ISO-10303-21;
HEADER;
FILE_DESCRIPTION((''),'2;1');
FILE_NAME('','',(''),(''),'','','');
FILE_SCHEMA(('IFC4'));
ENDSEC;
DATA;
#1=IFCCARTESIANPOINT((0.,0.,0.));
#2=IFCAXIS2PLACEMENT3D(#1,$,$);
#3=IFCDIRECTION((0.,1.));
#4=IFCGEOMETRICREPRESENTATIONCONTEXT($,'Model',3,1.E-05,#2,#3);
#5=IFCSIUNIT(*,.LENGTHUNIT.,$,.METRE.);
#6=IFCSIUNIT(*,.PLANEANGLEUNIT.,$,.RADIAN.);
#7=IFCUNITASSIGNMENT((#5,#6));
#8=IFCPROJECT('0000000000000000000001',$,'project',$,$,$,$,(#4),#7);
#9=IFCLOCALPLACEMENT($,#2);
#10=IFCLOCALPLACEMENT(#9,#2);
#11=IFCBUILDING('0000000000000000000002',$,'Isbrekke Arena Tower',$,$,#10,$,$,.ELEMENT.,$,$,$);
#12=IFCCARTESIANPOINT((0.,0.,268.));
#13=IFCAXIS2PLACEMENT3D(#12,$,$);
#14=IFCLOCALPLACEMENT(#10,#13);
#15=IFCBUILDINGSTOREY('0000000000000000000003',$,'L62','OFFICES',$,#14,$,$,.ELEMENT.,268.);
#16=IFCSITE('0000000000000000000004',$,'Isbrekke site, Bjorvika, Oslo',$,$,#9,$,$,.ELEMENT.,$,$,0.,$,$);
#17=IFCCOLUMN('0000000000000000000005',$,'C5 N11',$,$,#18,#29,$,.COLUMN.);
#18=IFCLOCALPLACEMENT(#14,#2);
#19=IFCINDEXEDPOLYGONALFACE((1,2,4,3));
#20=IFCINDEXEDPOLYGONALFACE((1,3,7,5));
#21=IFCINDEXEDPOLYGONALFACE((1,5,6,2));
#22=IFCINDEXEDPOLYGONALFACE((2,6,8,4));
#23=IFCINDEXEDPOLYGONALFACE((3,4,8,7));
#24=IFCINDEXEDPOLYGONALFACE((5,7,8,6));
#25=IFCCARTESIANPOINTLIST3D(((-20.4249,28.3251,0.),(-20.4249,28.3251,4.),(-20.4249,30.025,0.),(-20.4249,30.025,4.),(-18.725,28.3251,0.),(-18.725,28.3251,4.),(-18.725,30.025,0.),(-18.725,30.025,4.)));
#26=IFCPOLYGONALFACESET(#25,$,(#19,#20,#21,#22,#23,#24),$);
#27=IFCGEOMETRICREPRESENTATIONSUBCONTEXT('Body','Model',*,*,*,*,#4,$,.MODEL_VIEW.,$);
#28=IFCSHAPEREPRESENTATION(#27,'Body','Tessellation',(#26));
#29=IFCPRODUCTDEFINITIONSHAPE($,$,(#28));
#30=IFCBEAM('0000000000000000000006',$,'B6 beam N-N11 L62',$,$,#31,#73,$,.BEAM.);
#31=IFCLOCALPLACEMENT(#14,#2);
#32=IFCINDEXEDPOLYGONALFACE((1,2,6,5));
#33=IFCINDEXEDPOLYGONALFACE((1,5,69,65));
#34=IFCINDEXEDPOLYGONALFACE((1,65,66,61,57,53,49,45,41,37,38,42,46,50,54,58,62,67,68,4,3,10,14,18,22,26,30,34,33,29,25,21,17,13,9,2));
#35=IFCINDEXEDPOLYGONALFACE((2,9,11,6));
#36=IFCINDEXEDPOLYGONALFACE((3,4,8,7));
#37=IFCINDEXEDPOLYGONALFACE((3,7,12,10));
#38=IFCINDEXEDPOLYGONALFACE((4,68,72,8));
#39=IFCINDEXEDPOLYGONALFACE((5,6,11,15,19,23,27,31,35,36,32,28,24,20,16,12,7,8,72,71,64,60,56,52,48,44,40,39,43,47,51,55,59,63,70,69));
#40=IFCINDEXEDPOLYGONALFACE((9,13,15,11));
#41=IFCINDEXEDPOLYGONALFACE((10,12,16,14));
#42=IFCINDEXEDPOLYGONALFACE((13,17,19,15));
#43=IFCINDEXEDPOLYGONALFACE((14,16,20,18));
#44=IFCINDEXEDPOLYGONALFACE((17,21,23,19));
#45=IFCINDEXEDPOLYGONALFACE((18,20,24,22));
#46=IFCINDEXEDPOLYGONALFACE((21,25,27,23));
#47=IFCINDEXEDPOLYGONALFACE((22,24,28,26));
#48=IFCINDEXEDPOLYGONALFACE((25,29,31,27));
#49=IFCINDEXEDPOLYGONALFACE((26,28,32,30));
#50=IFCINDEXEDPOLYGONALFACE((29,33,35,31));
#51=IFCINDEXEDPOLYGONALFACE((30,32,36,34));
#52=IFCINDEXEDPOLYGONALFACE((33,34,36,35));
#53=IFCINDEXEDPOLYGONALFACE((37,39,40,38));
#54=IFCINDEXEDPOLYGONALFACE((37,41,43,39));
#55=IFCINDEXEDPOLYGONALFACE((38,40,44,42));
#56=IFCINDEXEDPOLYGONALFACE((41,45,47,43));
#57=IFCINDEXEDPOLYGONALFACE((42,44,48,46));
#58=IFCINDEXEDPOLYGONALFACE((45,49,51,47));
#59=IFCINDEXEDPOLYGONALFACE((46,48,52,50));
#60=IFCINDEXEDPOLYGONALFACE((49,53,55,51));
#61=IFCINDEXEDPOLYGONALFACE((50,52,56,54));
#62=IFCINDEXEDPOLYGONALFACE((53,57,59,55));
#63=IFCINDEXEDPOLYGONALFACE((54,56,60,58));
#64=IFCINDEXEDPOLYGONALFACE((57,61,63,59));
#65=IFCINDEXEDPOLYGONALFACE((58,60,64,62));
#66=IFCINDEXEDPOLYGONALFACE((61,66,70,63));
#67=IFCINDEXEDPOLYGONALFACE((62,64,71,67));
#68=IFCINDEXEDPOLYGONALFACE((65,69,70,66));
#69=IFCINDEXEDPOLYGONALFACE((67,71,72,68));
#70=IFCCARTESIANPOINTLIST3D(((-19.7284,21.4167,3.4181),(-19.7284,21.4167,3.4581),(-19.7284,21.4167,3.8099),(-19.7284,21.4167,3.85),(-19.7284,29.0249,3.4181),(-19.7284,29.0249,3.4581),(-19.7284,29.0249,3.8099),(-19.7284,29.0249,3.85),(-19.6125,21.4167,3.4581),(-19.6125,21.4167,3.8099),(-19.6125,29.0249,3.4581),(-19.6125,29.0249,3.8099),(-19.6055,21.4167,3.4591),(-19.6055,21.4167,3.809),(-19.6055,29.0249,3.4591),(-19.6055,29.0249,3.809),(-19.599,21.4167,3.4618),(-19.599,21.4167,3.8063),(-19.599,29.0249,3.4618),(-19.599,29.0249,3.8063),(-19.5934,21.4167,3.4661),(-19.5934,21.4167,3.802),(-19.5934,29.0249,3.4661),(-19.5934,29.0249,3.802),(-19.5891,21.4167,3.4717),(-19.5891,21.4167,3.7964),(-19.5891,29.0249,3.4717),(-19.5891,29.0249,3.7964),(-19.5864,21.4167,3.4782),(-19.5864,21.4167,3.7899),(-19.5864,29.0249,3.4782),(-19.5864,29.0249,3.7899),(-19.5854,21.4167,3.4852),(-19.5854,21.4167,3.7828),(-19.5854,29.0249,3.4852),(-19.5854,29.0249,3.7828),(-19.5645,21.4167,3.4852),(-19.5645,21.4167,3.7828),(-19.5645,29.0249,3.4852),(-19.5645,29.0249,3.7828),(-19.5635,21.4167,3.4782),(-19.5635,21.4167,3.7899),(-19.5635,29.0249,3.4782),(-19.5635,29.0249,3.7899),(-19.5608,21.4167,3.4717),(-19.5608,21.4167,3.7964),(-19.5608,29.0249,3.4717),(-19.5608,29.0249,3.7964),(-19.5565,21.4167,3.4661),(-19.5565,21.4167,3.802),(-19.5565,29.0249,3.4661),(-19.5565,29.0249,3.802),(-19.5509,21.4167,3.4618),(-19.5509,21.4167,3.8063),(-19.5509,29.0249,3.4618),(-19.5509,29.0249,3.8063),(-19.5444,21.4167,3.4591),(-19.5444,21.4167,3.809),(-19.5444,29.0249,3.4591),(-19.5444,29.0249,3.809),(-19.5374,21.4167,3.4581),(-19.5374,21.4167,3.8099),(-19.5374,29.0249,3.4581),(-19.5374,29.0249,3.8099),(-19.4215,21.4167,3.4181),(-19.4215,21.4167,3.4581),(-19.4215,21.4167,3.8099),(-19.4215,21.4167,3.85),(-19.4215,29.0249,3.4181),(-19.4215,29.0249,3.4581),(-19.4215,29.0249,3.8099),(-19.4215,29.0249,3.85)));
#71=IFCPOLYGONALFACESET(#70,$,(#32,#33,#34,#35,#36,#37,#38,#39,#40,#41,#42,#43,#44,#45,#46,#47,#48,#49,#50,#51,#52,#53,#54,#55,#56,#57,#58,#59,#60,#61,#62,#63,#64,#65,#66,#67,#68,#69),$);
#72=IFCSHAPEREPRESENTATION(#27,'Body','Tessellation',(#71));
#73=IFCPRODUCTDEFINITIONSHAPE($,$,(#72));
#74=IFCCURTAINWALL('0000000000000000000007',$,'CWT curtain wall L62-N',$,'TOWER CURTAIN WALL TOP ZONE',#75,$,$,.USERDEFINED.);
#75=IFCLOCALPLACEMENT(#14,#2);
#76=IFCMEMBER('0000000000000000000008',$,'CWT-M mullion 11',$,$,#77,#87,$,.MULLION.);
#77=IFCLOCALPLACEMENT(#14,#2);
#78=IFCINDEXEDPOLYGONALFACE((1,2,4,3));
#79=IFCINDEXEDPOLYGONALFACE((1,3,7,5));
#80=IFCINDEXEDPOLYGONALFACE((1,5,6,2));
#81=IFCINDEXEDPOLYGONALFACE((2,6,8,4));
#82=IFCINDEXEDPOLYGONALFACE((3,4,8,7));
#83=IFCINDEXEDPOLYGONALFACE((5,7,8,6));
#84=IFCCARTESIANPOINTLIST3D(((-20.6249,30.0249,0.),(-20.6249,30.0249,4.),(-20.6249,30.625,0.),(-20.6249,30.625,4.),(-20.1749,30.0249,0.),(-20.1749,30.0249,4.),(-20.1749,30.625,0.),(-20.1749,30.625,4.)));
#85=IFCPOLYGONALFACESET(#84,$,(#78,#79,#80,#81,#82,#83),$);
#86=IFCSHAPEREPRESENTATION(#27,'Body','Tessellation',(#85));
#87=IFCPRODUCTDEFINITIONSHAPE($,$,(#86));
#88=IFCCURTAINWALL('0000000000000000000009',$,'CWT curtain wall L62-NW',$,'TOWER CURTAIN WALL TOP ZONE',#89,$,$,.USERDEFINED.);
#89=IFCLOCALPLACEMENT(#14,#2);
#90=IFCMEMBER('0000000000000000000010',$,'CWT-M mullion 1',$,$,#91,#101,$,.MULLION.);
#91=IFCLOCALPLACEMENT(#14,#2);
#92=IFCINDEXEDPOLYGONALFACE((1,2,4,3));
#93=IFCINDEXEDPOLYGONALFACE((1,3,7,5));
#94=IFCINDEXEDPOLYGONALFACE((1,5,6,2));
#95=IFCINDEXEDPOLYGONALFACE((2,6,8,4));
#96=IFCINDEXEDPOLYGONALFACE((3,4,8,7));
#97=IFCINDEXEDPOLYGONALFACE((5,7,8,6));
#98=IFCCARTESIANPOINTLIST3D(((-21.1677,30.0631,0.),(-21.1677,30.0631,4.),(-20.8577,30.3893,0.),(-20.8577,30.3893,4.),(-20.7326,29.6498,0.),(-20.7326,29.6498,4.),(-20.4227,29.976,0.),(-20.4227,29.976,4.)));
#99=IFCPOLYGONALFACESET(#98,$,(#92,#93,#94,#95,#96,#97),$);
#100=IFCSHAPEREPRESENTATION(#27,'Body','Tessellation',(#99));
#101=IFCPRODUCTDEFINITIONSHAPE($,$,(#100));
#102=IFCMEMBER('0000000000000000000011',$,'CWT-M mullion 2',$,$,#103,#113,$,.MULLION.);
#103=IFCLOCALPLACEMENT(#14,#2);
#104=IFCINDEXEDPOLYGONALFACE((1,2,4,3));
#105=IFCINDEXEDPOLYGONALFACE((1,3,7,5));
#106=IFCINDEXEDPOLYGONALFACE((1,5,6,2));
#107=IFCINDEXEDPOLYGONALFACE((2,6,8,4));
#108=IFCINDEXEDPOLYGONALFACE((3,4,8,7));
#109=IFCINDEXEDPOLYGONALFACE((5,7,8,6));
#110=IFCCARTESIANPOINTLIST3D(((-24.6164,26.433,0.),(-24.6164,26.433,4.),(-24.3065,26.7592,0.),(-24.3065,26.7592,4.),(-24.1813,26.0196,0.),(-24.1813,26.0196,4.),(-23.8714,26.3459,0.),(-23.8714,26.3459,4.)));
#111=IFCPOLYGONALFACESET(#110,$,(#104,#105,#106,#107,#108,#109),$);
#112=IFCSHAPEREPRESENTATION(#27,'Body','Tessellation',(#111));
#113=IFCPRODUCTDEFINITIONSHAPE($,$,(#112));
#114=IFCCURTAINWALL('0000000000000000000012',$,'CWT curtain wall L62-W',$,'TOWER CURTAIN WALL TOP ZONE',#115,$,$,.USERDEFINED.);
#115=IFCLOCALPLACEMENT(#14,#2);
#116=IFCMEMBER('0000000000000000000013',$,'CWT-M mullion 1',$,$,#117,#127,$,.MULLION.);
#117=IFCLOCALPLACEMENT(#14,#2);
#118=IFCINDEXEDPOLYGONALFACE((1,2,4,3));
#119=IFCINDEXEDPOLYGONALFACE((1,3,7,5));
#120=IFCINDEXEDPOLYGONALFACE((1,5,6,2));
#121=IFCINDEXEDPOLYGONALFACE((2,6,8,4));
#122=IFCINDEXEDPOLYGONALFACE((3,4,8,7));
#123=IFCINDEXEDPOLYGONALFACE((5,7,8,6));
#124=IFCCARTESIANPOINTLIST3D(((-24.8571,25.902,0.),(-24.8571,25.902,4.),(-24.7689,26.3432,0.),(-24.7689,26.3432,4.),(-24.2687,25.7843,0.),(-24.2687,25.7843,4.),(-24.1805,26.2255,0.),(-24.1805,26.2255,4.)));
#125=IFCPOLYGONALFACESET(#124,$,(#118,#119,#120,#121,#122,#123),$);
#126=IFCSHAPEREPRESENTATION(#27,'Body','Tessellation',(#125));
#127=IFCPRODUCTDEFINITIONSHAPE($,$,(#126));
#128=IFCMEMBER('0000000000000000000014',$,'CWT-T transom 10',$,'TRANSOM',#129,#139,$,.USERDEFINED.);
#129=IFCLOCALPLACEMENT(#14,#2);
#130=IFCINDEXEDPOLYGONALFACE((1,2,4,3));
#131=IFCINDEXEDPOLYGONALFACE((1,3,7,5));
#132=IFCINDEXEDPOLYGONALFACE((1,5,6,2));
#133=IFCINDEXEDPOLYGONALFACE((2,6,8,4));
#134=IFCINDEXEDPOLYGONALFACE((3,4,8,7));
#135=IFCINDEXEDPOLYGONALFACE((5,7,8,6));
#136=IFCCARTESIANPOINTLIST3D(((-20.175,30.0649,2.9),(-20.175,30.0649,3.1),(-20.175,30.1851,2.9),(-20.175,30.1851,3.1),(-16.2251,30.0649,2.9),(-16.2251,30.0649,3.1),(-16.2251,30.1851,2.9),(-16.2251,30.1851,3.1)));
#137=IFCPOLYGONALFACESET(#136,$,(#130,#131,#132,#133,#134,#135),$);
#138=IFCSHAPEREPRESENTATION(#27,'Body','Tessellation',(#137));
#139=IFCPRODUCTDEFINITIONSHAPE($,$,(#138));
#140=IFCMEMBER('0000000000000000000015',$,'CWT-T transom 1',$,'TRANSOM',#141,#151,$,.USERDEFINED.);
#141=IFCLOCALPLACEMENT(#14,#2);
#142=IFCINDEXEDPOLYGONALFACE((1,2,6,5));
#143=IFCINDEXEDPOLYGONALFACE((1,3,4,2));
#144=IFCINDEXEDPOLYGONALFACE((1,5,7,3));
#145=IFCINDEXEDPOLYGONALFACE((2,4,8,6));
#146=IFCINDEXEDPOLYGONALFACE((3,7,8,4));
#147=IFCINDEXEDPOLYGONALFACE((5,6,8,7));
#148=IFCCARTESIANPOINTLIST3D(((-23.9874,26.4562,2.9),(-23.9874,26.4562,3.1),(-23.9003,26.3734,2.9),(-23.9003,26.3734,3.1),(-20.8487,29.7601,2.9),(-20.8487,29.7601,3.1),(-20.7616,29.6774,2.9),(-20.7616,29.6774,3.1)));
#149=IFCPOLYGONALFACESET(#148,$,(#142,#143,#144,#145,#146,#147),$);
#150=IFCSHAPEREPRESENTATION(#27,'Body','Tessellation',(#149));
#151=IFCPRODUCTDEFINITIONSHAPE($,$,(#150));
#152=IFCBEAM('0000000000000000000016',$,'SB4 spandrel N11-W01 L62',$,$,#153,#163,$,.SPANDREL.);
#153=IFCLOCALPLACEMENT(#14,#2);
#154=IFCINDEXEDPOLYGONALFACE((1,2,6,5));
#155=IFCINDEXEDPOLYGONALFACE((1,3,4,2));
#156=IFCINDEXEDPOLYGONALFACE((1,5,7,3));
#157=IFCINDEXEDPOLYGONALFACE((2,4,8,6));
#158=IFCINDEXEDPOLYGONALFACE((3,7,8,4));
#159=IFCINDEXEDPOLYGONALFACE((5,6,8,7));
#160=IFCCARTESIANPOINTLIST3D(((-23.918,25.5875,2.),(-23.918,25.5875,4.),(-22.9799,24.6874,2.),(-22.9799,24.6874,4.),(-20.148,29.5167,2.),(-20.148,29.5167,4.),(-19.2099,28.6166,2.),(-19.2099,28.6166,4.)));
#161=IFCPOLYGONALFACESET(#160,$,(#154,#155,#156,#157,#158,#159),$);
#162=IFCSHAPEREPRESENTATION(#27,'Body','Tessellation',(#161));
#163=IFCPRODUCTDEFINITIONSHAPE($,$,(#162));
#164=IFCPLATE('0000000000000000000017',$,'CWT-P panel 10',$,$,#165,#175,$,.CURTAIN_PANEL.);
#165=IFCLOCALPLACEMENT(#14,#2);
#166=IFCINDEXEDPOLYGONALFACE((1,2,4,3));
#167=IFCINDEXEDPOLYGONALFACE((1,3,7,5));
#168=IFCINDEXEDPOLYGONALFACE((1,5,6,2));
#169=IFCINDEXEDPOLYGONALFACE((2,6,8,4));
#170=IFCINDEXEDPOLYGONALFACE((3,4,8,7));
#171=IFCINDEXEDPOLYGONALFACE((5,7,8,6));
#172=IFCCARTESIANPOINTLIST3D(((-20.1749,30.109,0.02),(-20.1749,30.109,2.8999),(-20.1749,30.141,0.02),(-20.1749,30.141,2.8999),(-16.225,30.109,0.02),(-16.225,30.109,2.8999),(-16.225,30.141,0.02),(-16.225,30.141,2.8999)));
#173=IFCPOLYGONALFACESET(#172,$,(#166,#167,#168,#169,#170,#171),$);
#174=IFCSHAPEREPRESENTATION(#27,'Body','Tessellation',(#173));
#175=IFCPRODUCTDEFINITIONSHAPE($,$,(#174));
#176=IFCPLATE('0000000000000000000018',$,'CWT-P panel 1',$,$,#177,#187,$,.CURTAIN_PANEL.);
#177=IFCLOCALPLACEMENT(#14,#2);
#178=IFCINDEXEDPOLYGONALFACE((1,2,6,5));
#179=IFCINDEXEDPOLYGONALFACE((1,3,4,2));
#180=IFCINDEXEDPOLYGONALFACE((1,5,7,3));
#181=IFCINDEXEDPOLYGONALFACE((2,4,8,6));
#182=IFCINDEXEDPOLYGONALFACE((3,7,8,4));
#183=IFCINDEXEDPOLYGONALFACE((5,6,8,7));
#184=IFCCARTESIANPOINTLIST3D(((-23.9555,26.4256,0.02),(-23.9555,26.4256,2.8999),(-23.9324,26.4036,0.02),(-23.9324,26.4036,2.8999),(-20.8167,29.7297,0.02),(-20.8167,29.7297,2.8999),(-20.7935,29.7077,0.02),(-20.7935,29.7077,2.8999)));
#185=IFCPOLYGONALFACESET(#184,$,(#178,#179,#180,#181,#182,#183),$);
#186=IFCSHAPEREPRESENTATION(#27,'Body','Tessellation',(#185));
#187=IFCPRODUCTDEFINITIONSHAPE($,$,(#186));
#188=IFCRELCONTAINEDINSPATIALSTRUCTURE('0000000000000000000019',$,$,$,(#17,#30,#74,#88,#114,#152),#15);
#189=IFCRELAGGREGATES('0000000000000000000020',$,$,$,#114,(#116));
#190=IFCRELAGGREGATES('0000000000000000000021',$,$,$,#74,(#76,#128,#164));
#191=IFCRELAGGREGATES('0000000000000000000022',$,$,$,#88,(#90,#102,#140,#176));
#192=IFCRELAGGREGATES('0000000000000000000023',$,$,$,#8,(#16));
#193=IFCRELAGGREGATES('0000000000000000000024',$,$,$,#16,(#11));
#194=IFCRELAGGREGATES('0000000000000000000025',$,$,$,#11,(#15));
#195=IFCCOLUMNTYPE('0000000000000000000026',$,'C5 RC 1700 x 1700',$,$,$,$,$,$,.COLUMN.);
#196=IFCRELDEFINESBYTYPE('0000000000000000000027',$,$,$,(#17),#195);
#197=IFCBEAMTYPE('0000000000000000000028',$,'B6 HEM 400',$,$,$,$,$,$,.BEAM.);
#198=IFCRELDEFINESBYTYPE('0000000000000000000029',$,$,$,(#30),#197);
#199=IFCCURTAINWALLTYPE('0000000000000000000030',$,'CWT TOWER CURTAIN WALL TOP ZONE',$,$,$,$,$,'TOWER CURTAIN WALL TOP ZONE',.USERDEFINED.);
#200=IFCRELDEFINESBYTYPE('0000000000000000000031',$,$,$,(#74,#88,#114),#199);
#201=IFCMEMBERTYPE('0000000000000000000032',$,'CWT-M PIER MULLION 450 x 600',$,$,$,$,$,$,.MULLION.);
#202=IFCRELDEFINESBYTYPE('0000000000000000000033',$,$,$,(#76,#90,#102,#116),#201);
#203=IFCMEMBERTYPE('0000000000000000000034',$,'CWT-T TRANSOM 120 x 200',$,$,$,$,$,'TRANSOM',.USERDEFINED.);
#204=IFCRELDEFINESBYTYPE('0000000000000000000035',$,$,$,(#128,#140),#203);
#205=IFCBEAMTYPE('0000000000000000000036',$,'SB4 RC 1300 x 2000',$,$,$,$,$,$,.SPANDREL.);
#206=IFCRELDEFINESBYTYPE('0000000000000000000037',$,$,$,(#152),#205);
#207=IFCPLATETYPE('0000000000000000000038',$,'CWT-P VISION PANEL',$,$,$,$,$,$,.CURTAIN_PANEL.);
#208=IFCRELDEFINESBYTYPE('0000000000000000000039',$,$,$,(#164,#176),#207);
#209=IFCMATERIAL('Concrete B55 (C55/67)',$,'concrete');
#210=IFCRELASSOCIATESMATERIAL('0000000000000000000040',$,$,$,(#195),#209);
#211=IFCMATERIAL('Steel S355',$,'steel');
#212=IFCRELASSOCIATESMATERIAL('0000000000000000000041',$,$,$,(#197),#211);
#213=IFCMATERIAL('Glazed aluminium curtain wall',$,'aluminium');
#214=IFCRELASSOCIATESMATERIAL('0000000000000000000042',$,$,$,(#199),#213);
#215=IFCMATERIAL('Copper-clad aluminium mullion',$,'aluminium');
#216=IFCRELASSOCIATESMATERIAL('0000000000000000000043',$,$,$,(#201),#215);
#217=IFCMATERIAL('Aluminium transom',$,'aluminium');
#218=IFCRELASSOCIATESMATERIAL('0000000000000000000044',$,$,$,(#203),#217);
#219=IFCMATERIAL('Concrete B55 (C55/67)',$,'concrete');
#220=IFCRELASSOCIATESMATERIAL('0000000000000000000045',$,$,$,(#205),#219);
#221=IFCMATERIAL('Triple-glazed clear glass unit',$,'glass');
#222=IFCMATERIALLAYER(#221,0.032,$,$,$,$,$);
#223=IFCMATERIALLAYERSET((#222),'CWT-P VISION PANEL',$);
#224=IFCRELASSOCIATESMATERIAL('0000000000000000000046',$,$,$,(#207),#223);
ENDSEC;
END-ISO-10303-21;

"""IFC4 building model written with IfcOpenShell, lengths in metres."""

from ifc_helpers import new_model, si_unit, direction, frame, origin, origin_2d, place, context, subcontext, project, spatial, rectangle, i_section, extrude, material, layer, layer_set, material_profile, profile_set, type_object, element, aggregate, save


model = new_model("IFC4")

# Units and contexts
model_context = context("Model", 3, precision=1e-05, world=origin(), true_north=direction((0.0, 1.0)))
body_context = subcontext(model_context, "Body", "Model", "MODEL_VIEW")
ifc_project = project(units=[si_unit("LENGTHUNIT", "METRE"), si_unit("PLANEANGLEUNIT", "RADIAN")], contexts=[model_context])

# Site, building, storey
site_placement = place(None, origin())
site = spatial("IfcSite", under=ifc_project, at=site_placement, Name="Isbrekke site, Bjorvika, Oslo", CompositionType="ELEMENT", RefElevation=0.0)
building_placement = place(site_placement, origin())
building = spatial("IfcBuilding", under=site, at=building_placement, Name="Isbrekke Arena Tower", CompositionType="ELEMENT")
storey_placement = place(building_placement, frame((0.0, 0.0, 268.0)))
storey = spatial("IfcBuildingStorey", under=building, at=storey_placement, Name="L62", Description="OFFICES", CompositionType="ELEMENT", Elevation=268.0)

# Column
ifc_material_1 = material(Name="Concrete B55 (C55/67)", Category="concrete")
ifc_material_profile_1 = material_profile(ifc_material_1, rectangle(XDim=1.7, YDim=1.7, at=origin_2d()), Name="RC 1700x1700")
ifc_profile_set_1 = profile_set([ifc_material_profile_1], Name="Concrete B55 (C55/67)")
column_type = type_object("IfcColumnType", Name="C5 RC 1700 x 1700", PredefinedType="COLUMN", material=ifc_profile_set_1)
column_placement = place(storey_placement, frame((-19.575, 29.175, 0.0), z_axis=(0.0, 0.0, 1.0), x_axis=(-1.0, 0.0, 0.0)))
element("IfcColumn", 1, at=column_placement, inside=storey, type_object=column_type, Name="C5 N11", PredefinedType="COLUMN", context=body_context, shape_type="SweptSolid", body=[
    extrude(rectangle(XDim=1.7, YDim=1.7, at=origin_2d()), origin(), (0.0, 0.0, 1.0), 4.0),
])

# Beam
ifc_material_2 = material(Name="Steel S355", Category="steel")
ifc_material_profile_2 = material_profile(ifc_material_2, i_section(OverallWidth=0.3069, OverallDepth=0.4319, WebThickness=0.021, FlangeThickness=0.04, FilletRadius=0.0271, at=origin_2d()), Name="HEM 400")
ifc_profile_set_2 = profile_set([ifc_material_profile_2], Name="Steel S355")
beam_type_1 = type_object("IfcBeamType", Name="B6 HEM 400", PredefinedType="BEAM", material=ifc_profile_set_2)
beam_1_placement = place(storey_placement, frame((-19.575, 29.0249, 3.634), z_axis=(0.0, -1.0, 0.0), x_axis=(1.0, 0.0, 0.0)))
element("IfcBeam", 2, at=beam_1_placement, inside=storey, type_object=beam_type_1, Name="B6 beam N-N11 L62", PredefinedType="BEAM", context=body_context, shape_type="SweptSolid", body=[
    extrude(i_section(OverallWidth=0.3069, OverallDepth=0.4319, WebThickness=0.021, FlangeThickness=0.04, FilletRadius=0.0271, at=origin_2d()), origin(), (0.0, 0.0, 1.0), 7.6082),
])

# Curtain wall, member
ifc_material_3 = material(Name="Glazed aluminium curtain wall", Category="aluminium")
curtain_wall_type = type_object("IfcCurtainWallType", Name="CWT TOWER CURTAIN WALL TOP ZONE", ElementType="TOWER CURTAIN WALL TOP ZONE", PredefinedType="USERDEFINED", material=ifc_material_3)
curtain_wall_1_placement = place(storey_placement, origin())
curtain_wall_1 = element("IfcCurtainWall", 3, at=curtain_wall_1_placement, inside=storey, type_object=curtain_wall_type, Name="CWT curtain wall L62-N", ObjectType="TOWER CURTAIN WALL TOP ZONE", PredefinedType="USERDEFINED")
ifc_material_4 = material(Name="Copper-clad aluminium mullion", Category="aluminium")
ifc_material_profile_3 = material_profile(ifc_material_4, rectangle(XDim=0.45, YDim=0.6001, at=origin_2d()), Name="PIER 450X600")
ifc_profile_set_3 = profile_set([ifc_material_profile_3], Name="Copper-clad aluminium mullion")
member_type_1 = type_object("IfcMemberType", Name="CWT-M PIER MULLION 450 x 600", PredefinedType="MULLION", material=ifc_profile_set_3)
member_1_placement = place(storey_placement, frame((-20.3999, 30.325, 0.0), z_axis=(0.0, 0.0, 1.0), x_axis=(-1.0, 0.0, 0.0)))
member_1 = element("IfcMember", 4, at=member_1_placement, type_object=member_type_1, Name="CWT-M mullion 11", PredefinedType="MULLION", context=body_context, shape_type="SweptSolid", body=[
    extrude(rectangle(XDim=0.45, YDim=0.6001, at=origin_2d()), origin(), (0.0, 0.0, 1.0), 4.0),
])

# Curtain wall, members
curtain_wall_2_placement = place(storey_placement, origin())
curtain_wall_2 = element("IfcCurtainWall", 5, at=curtain_wall_2_placement, inside=storey, type_object=curtain_wall_type, Name="CWT curtain wall L62-NW", ObjectType="TOWER CURTAIN WALL TOP ZONE", PredefinedType="USERDEFINED")
member_2_placement = place(storey_placement, frame((-20.7952, 30.0195, 0.0), z_axis=(0.0, 0.0, 1.0), x_axis=(-0.688749, -0.724999, 0.0)))
member_2 = element("IfcMember", 6, at=member_2_placement, type_object=member_type_1, Name="CWT-M mullion 1", PredefinedType="MULLION", context=body_context, shape_type="SweptSolid", body=[
    extrude(rectangle(XDim=0.45, YDim=0.6001, at=origin_2d()), origin(), (0.0, 0.0, 1.0), 4.0),
])
member_3_placement = place(storey_placement, frame((-24.2439, 26.3894, 0.0), z_axis=(0.0, 0.0, 1.0), x_axis=(-0.688749, -0.724999, 0.0)))
member_3 = element("IfcMember", 7, at=member_3_placement, type_object=member_type_1, Name="CWT-M mullion 2", PredefinedType="MULLION", context=body_context, shape_type="SweptSolid", body=[
    extrude(rectangle(XDim=0.45, YDim=0.6001, at=origin_2d()), origin(), (0.0, 0.0, 1.0), 4.0),
])

# Curtain wall, member
curtain_wall_3_placement = place(storey_placement, origin())
curtain_wall_3 = element("IfcCurtainWall", 8, at=curtain_wall_3_placement, inside=storey, type_object=curtain_wall_type, Name="CWT curtain wall L62-W", ObjectType="TOWER CURTAIN WALL TOP ZONE", PredefinedType="USERDEFINED")
member_4_placement = place(storey_placement, frame((-24.5188, 26.0637, 0.0), z_axis=(0.0, 0.0, 1.0), x_axis=(-0.196116, -0.980581, 0.0)))
member_4 = element("IfcMember", 9, at=member_4_placement, type_object=member_type_1, Name="CWT-M mullion 1", PredefinedType="MULLION", context=body_context, shape_type="SweptSolid", body=[
    extrude(rectangle(XDim=0.45, YDim=0.6001, at=origin_2d()), origin(), (0.0, 0.0, 1.0), 4.0),
])
aggregate(curtain_wall_3, [member_4])

# Members
ifc_material_5 = material(Name="Aluminium transom", Category="aluminium")
ifc_material_profile_4 = material_profile(ifc_material_5, rectangle(XDim=0.1201, YDim=0.2, at=origin_2d()), Name="TRANSOM 120X200")
ifc_profile_set_4 = profile_set([ifc_material_profile_4], Name="Aluminium transom")
member_type_2 = type_object("IfcMemberType", Name="CWT-T TRANSOM 120 x 200", ElementType="TRANSOM", PredefinedType="USERDEFINED", material=ifc_profile_set_4)
member_5_placement = place(storey_placement, frame((-16.2251, 30.125, 3.0), z_axis=(-1.0, 0.0, 0.0), x_axis=(0.0, -1.0, 0.0)))
member_5 = element("IfcMember", 10, at=member_5_placement, type_object=member_type_2, Name="CWT-T transom 10", ObjectType="TRANSOM", PredefinedType="USERDEFINED", context=body_context, shape_type="SweptSolid", body=[
    extrude(rectangle(XDim=0.1201, YDim=0.2, at=origin_2d()), origin(), (0.0, 0.0, 1.0), 3.95),
])
member_6_placement = place(storey_placement, frame((-20.8052, 29.7188, 3.0), z_axis=(-0.68874, -0.725009, 0.0), x_axis=(0.725009, -0.68874, 0.0)))
member_6 = element("IfcMember", 11, at=member_6_placement, type_object=member_type_2, Name="CWT-T transom 1", ObjectType="TRANSOM", PredefinedType="USERDEFINED", context=body_context, shape_type="SweptSolid", body=[
    extrude(rectangle(XDim=0.1201, YDim=0.2, at=origin_2d()), origin(), (0.0, 0.0, 1.0), 4.5571),
])

# Beam
ifc_material_6 = material(Name="Concrete B55 (C55/67)", Category="concrete")
ifc_material_profile_5 = material_profile(ifc_material_6, rectangle(XDim=1.3, YDim=2.0, at=origin_2d()), Name="RC 1300x2000")
ifc_profile_set_5 = profile_set([ifc_material_profile_5], Name="Concrete B55 (C55/67)")
beam_type_2 = type_object("IfcBeamType", Name="SB4 RC 1300 x 2000", PredefinedType="SPANDREL", material=ifc_profile_set_5)
beam_2_placement = place(storey_placement, frame((-19.679, 29.0667, 3.0), z_axis=(-0.69234, -0.721572, 0.0), x_axis=(0.721572, -0.69234, 0.0)))
element("IfcBeam", 12, at=beam_2_placement, inside=storey, type_object=beam_type_2, Name="SB4 spandrel N11-W01 L62", PredefinedType="SPANDREL", context=body_context, shape_type="SweptSolid", body=[
    extrude(rectangle(XDim=1.3, YDim=2.0, at=origin_2d()), origin(), (0.0, 0.0, 1.0), 5.4453),
])

# Plates
ifc_material_7 = material(Name="Triple-glazed clear glass unit", Category="glass")
ifc_layer_1 = layer(ifc_material_7, 0.032)
ifc_layer_set_1 = layer_set([ifc_layer_1], Name="CWT-P VISION PANEL")
plate_type = type_object("IfcPlateType", Name="CWT-P VISION PANEL", PredefinedType="CURTAIN_PANEL", material=ifc_layer_set_1)
plate_1_placement = place(storey_placement, frame((-18.2, 30.125, 0.02), z_axis=(0.0, 0.0, 1.0), x_axis=(-1.0, 0.0, 0.0)))
plate_1 = element("IfcPlate", 13, at=plate_1_placement, type_object=plate_type, Name="CWT-P panel 10", PredefinedType="CURTAIN_PANEL", context=body_context, shape_type="SweptSolid", body=[
    extrude(rectangle(XDim=3.95, YDim=0.032, at=origin_2d()), origin(), (0.0, 0.0, 1.0), 2.8799),
])
aggregate(curtain_wall_1, [member_1, member_5, plate_1])
plate_2_placement = place(storey_placement, frame((-22.3745, 28.0667, 0.02), z_axis=(0.0, 0.0, 1.0), x_axis=(-0.688749, -0.724999, 0.0)))
plate_2 = element("IfcPlate", 14, at=plate_2_placement, type_object=plate_type, Name="CWT-P panel 1", PredefinedType="CURTAIN_PANEL", context=body_context, shape_type="SweptSolid", body=[
    extrude(rectangle(XDim=4.5574, YDim=0.032, at=origin_2d()), origin(), (0.0, 0.0, 1.0), 2.8799),
])
aggregate(curtain_wall_2, [member_2, member_3, member_6, plate_2])

save(model, "model.ifc")
